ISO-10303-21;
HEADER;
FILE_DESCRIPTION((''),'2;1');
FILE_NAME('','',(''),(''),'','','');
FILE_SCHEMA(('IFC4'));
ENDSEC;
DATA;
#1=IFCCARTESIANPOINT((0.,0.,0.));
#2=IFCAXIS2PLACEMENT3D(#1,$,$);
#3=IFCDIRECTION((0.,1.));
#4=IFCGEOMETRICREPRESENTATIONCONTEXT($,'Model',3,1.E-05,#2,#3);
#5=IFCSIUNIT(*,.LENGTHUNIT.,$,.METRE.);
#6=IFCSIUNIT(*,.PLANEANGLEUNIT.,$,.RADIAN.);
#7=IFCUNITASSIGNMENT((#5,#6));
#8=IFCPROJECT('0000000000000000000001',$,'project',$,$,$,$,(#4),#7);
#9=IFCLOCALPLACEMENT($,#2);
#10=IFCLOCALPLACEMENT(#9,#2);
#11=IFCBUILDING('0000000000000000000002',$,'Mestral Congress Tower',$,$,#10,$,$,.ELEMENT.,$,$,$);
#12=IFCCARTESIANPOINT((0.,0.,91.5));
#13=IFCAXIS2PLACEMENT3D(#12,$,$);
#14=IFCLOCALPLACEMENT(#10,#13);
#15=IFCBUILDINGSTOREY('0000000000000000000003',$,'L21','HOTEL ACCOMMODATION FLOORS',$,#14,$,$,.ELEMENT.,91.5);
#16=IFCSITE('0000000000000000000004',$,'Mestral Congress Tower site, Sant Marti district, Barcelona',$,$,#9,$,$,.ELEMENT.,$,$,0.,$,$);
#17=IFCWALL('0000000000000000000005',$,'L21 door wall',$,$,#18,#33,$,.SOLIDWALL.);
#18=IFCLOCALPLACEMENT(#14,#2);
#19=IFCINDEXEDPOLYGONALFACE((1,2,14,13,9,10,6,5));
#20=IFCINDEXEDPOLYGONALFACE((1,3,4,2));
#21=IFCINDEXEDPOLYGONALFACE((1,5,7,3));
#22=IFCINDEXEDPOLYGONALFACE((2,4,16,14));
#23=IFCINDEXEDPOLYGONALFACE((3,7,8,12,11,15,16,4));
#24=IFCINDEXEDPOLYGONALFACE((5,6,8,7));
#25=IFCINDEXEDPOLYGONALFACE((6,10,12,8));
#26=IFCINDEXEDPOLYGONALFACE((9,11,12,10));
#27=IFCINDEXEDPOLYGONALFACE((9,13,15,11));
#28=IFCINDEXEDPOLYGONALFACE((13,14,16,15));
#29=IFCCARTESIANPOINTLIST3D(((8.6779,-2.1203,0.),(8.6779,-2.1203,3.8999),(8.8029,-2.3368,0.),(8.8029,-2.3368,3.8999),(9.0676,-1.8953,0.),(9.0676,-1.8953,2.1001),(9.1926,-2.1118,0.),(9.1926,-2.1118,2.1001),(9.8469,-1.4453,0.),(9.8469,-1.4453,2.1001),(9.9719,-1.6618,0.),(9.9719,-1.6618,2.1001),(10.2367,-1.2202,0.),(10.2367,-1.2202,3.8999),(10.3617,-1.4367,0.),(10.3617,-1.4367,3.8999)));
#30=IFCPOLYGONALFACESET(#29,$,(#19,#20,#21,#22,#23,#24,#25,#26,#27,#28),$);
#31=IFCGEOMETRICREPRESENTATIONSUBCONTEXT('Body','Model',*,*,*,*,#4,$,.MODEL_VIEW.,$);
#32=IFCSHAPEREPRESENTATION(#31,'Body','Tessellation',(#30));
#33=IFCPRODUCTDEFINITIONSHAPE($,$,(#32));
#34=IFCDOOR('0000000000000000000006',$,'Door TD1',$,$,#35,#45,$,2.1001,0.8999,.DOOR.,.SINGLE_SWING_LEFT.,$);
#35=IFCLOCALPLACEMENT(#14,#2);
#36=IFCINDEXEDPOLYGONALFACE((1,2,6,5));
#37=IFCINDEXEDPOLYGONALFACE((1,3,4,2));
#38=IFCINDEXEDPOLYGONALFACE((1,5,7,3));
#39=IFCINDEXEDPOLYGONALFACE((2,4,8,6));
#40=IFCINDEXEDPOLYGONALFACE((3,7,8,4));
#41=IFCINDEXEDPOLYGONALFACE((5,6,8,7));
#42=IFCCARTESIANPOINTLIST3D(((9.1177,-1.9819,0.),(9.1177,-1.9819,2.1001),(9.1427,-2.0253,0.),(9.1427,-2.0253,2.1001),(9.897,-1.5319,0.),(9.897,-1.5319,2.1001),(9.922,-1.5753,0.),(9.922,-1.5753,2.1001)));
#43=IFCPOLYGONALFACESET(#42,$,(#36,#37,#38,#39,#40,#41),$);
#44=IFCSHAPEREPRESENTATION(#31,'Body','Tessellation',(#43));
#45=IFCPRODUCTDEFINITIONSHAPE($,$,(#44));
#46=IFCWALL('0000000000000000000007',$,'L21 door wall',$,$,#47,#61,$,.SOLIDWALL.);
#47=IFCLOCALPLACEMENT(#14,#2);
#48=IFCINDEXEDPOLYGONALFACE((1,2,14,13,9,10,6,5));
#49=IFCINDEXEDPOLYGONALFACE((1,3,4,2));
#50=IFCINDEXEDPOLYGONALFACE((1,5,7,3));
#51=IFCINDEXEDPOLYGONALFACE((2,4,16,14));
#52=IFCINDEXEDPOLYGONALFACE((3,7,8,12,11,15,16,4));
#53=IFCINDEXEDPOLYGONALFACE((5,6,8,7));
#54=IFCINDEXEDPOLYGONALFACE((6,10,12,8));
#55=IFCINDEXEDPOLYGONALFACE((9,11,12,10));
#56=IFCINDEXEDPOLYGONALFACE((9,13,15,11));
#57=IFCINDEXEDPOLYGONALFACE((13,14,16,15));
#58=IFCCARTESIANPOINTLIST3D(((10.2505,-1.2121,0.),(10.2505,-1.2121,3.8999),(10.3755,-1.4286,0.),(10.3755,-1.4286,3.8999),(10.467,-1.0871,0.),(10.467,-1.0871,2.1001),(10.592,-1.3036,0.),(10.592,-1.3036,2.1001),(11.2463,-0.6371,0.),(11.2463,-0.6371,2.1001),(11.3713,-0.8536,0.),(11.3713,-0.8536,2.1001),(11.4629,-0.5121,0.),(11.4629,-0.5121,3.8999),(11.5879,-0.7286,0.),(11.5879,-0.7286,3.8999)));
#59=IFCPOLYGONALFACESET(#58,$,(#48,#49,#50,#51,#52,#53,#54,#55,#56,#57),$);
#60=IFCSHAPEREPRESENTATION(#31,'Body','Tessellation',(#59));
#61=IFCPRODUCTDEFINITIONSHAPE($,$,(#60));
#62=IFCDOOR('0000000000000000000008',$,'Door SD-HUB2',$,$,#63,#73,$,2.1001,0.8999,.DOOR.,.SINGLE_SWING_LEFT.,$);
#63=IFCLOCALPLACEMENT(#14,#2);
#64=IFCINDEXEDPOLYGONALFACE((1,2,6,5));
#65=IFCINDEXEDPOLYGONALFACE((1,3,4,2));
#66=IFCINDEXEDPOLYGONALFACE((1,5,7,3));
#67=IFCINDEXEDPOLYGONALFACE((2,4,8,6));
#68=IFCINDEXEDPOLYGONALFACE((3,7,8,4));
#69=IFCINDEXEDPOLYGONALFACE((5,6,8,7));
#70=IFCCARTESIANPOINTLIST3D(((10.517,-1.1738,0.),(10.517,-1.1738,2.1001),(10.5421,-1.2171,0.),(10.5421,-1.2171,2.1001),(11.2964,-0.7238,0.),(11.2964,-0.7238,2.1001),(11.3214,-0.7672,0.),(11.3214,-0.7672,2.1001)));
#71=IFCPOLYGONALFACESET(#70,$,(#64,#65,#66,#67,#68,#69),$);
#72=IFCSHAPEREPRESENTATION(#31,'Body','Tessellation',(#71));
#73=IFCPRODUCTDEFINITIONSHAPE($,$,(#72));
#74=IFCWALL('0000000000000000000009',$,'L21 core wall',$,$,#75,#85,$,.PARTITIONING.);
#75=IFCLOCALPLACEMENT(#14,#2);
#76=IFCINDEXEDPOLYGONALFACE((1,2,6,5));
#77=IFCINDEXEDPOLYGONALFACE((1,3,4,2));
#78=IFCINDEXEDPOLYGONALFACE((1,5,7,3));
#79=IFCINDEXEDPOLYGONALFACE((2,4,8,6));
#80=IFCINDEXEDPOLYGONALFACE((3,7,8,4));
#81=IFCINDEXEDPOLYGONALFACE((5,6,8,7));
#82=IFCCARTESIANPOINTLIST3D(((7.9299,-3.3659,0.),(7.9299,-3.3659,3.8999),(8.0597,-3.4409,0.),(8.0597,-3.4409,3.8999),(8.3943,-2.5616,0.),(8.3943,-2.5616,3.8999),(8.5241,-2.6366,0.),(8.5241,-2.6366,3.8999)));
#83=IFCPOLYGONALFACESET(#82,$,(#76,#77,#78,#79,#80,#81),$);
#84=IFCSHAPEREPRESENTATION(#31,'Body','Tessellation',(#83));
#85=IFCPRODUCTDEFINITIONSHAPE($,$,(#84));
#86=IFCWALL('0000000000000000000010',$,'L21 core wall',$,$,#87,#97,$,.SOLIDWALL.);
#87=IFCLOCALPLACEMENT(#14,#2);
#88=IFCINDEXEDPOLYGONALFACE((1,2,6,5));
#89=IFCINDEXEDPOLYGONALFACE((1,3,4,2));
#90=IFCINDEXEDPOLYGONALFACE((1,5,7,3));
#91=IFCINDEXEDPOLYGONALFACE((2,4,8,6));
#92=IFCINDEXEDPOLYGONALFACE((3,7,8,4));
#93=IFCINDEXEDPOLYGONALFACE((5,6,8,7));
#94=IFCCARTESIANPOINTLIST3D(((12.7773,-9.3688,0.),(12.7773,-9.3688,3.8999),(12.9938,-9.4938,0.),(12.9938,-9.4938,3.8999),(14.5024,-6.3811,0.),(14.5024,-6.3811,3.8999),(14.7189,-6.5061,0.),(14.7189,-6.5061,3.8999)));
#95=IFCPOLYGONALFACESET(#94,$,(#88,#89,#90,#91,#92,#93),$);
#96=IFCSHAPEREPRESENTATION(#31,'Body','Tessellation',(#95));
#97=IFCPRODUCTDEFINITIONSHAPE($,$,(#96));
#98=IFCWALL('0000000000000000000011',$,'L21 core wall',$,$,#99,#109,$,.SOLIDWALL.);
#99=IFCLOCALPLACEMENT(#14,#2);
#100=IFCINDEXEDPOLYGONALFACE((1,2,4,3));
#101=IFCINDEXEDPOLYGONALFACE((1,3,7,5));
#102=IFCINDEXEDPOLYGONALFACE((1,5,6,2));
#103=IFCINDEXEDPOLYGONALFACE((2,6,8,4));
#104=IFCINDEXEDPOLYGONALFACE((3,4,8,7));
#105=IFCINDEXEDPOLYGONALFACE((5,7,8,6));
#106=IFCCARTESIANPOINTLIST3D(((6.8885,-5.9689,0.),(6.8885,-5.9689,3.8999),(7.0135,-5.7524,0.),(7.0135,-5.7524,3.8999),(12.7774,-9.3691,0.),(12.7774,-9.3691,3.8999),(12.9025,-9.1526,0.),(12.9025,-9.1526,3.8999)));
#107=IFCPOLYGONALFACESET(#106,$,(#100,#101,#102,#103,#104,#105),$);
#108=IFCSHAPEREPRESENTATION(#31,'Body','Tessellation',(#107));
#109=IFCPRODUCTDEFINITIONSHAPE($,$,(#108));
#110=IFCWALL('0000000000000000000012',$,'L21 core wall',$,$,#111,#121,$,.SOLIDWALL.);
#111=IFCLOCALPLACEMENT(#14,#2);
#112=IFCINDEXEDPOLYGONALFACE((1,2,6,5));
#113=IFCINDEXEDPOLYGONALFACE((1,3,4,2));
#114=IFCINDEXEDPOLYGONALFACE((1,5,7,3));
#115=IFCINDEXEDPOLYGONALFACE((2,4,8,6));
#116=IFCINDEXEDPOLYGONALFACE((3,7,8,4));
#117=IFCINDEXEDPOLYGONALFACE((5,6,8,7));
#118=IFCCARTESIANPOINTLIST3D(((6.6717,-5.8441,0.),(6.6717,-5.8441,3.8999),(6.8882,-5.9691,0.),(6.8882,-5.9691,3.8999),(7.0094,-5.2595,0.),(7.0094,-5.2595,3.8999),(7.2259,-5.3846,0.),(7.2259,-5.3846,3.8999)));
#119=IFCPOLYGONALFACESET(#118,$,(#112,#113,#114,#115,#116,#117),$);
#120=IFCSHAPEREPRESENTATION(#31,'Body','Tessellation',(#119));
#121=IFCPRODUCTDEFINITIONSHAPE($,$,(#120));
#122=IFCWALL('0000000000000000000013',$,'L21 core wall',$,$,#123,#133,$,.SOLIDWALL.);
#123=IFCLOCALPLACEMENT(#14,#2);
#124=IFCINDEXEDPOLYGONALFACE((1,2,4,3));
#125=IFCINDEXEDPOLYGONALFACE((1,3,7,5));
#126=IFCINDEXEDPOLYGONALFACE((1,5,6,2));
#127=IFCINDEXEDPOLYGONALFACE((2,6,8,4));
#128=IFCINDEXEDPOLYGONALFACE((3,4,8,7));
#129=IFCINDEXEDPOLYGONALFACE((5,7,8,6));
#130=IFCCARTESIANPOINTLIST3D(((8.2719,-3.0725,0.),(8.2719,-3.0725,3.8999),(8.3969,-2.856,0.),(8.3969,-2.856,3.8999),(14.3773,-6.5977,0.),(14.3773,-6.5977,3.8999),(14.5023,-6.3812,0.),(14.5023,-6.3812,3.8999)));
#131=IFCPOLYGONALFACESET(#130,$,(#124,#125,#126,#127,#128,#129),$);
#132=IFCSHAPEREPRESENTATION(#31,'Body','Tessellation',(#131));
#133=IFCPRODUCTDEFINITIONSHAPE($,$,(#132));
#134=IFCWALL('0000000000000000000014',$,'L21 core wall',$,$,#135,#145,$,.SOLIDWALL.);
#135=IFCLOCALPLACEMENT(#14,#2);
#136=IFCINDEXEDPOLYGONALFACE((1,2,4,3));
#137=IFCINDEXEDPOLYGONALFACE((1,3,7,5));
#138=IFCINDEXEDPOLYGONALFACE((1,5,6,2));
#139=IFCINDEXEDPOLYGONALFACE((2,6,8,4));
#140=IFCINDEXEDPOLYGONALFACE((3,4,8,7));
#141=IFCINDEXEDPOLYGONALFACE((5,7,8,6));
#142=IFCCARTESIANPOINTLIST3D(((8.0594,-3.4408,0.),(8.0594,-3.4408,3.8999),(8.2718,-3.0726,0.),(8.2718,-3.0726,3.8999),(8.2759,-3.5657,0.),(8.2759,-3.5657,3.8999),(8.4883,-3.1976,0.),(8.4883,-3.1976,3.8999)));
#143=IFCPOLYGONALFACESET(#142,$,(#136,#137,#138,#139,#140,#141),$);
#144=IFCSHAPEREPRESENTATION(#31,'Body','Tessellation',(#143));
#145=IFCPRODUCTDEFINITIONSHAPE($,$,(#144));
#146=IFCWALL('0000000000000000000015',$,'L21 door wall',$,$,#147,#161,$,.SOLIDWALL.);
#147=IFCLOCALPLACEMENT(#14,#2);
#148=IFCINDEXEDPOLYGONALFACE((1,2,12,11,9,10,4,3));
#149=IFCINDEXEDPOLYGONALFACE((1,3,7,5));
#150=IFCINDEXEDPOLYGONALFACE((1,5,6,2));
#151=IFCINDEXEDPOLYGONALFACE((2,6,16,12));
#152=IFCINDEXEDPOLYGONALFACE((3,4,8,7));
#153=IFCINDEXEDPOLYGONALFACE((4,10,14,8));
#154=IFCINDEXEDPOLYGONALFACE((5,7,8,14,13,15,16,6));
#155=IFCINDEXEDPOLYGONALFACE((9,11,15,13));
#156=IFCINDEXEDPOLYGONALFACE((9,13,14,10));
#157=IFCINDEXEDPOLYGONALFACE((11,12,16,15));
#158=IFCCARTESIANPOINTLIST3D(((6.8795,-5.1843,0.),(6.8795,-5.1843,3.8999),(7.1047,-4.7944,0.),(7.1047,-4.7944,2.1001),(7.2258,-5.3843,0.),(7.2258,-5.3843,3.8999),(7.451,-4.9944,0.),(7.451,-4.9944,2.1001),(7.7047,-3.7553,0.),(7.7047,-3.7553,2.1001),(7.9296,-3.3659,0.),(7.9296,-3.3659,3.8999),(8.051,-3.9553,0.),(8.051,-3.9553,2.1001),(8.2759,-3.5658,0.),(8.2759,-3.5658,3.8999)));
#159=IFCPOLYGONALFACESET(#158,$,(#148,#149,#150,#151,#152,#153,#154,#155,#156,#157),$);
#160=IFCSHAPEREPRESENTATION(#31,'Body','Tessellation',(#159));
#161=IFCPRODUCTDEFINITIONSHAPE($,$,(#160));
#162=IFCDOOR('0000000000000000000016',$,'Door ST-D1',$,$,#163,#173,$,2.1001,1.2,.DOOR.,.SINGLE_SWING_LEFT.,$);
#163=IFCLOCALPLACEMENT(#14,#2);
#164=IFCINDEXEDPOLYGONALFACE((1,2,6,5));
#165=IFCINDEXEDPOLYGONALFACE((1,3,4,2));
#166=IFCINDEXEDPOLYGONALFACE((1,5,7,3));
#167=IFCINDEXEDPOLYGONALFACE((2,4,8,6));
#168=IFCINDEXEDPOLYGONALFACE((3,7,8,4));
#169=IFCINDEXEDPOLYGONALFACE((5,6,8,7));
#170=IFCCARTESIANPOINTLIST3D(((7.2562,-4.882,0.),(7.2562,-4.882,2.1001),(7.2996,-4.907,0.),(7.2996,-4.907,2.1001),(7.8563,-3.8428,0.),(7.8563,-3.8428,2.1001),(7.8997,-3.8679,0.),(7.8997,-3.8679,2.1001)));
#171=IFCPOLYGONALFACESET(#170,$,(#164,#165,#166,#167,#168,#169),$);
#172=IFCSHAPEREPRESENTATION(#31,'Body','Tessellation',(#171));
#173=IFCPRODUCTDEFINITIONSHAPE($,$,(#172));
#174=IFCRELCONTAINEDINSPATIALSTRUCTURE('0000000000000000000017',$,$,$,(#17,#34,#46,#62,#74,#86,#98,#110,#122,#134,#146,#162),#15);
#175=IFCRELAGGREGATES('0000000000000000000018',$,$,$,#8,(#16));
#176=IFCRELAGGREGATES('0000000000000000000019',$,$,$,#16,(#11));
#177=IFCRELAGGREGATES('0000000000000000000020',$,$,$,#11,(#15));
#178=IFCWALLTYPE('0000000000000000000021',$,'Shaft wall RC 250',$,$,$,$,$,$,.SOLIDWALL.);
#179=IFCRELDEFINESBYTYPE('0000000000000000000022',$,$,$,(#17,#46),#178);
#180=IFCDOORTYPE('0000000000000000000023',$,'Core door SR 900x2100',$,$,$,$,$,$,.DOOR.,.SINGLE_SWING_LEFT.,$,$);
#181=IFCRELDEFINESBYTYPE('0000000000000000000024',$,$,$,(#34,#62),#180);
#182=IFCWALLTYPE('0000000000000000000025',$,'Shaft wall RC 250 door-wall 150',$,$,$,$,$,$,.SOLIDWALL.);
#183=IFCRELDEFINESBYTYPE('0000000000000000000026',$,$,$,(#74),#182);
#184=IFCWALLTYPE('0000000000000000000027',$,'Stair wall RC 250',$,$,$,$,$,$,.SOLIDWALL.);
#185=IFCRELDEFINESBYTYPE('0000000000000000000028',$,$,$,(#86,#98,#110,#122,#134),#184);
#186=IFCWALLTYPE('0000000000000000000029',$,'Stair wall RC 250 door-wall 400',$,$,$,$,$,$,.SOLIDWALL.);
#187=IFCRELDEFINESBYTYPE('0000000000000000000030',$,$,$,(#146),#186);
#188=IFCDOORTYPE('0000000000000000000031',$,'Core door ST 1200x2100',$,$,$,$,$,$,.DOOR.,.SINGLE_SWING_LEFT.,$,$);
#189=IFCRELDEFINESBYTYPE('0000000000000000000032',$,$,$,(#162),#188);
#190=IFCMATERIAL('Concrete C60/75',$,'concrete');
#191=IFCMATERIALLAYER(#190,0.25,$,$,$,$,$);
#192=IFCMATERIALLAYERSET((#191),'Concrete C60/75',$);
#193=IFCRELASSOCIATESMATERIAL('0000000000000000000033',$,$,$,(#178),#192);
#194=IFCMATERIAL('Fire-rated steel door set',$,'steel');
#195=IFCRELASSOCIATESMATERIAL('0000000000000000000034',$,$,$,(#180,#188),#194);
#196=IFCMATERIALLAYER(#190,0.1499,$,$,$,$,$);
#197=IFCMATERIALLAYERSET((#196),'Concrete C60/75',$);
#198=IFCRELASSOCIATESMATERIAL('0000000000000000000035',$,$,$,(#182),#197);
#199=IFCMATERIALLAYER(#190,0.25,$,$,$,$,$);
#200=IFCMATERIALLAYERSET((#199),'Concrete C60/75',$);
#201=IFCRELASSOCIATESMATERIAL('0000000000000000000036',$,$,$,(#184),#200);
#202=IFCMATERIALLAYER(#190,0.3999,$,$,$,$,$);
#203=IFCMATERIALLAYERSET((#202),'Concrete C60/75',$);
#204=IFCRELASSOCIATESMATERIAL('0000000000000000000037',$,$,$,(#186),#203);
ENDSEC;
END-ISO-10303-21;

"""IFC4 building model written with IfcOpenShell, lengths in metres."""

from ifc_helpers import new_model, si_unit, direction, frame, frame_2d, origin, place, context, subcontext, project, spatial, rectangle, extrude, material, layer, layer_set, type_object, element, fill, save


model = new_model("IFC4")

# Units and contexts
model_context = context("Model", 3, precision=1e-05, world=origin(), true_north=direction((0.0, 1.0)))
body_context = subcontext(model_context, "Body", "Model", "MODEL_VIEW")
ifc_project = project(units=[si_unit("LENGTHUNIT", "METRE"), si_unit("PLANEANGLEUNIT", "RADIAN")], contexts=[model_context])

# Site, building, storey
site_placement = place(None, origin())
site = spatial("IfcSite", under=ifc_project, at=site_placement, Name="Mestral Congress Tower site, Sant Marti district, Barcelona", CompositionType="ELEMENT", RefElevation=0.0)
building_placement = place(site_placement, origin())
building = spatial("IfcBuilding", under=site, at=building_placement, Name="Mestral Congress Tower", CompositionType="ELEMENT")
storey_placement = place(building_placement, frame((0.0, 0.0, 91.5)))
storey = spatial("IfcBuildingStorey", under=building, at=storey_placement, Name="L21", Description="HOTEL ACCOMMODATION FLOORS", CompositionType="ELEMENT", Elevation=91.5)

# Shared definitions
ifc_material_1 = material(Name="Fire-rated steel door set", Category="steel")

# Shared definitions
ifc_material_2 = material(Name="Concrete C60/75", Category="concrete")
ifc_layer_1 = layer(ifc_material_2, 0.25)
ifc_layer_set_1 = layer_set([ifc_layer_1], Name="Concrete C60/75")
wall_type_1 = type_object("IfcWallType", Name="Shaft wall RC 250", PredefinedType="SOLIDWALL", material=ifc_layer_set_1)

# Walls, openings, doors
door_type_1 = type_object("IfcDoorType", Name="Core door SR 900x2100", OperationType="SINGLE_SWING_LEFT", PredefinedType="DOOR", material=ifc_material_1)
wall_1_placement = place(storey_placement, frame((8.7405, -2.2285, 0.0), z_axis=(0.0, 0.0, 1.0), x_axis=(0.865989, 0.500063, 0.0)))
wall_1 = element("IfcWall", 1, at=wall_1_placement, inside=storey, type_object=wall_type_1, Name="L21 door wall", PredefinedType="SOLIDWALL", context=body_context, shape_type="SweptSolid", body=[
    extrude(rectangle(XDim=1.8, YDim=0.25, at=frame_2d((0.8999, 0.0))), origin(), (0.0, 0.0, 1.0), 3.8999),
])
opening_1_placement = place(wall_1_placement, frame((0.45, 0.0, 0.0)))
opening_1 = element("IfcOpeningElement", 2, at=opening_1_placement, cuts=wall_1, PredefinedType="OPENING", context=body_context, shape_type="SweptSolid", body=[
    extrude(rectangle(XDim=0.8999, YDim=2.1001, at=frame_2d((0.45, 1.05))), frame((0.0, 0.135, 0.0), z_axis=(0.0, -1.0, 0.0), x_axis=(1.0, 0.0, 0.0)), (0.0, 0.0, 1.0), 0.27),
])
door_1_placement = place(opening_1_placement, origin())
door_1 = element("IfcDoor", 3, at=door_1_placement, inside=storey, type_object=door_type_1, Name="Door TD1", OperationType="SINGLE_SWING_LEFT", OverallHeight=2.1001, OverallWidth=0.8999, PredefinedType="DOOR", context=body_context, shape_type="SweptSolid", body=[
    extrude(rectangle(XDim=0.8999, YDim=2.1001, at=frame_2d((0.45, 1.05))), frame((0.0, 0.0249, 0.0), z_axis=(0.0, -1.0, 0.0), x_axis=(1.0, 0.0, 0.0)), (0.0, 0.0, 1.0), 0.05),
])
fill(opening_1, door_1)
wall_2_placement = place(storey_placement, frame((10.313, -1.3203, 0.0), z_axis=(0.0, 0.0, 1.0), x_axis=(0.866035, 0.499984, 0.0)))
wall_2 = element("IfcWall", 4, at=wall_2_placement, inside=storey, type_object=wall_type_1, Name="L21 door wall", PredefinedType="SOLIDWALL", context=body_context, shape_type="SweptSolid", body=[
    extrude(rectangle(XDim=1.3999, YDim=0.25, at=frame_2d((0.7, 0.0))), origin(), (0.0, 0.0, 1.0), 3.8999),
])
opening_2_placement = place(wall_2_placement, frame((0.25, 0.0, 0.0)))
opening_2 = element("IfcOpeningElement", 5, at=opening_2_placement, cuts=wall_2, PredefinedType="OPENING", context=body_context, shape_type="SweptSolid", body=[
    extrude(rectangle(XDim=0.8999, YDim=2.1001, at=frame_2d((0.45, 1.05))), frame((0.0, 0.135, 0.0), z_axis=(0.0, -1.0, 0.0), x_axis=(1.0, 0.0, 0.0)), (0.0, 0.0, 1.0), 0.27),
])
door_2_placement = place(opening_2_placement, origin())
door_2 = element("IfcDoor", 6, at=door_2_placement, inside=storey, type_object=door_type_1, Name="Door SD-HUB2", OperationType="SINGLE_SWING_LEFT", OverallHeight=2.1001, OverallWidth=0.8999, PredefinedType="DOOR", context=body_context, shape_type="SweptSolid", body=[
    extrude(rectangle(XDim=0.8999, YDim=2.1001, at=frame_2d((0.45, 1.05))), frame((0.0, 0.0249, 0.0), z_axis=(0.0, -1.0, 0.0), x_axis=(1.0, 0.0, 0.0)), (0.0, 0.0, 1.0), 0.05),
])
fill(opening_2, door_2)

# Walls
ifc_layer_2 = layer(ifc_material_2, 0.1499)
ifc_layer_set_2 = layer_set([ifc_layer_2], Name="Concrete C60/75")
wall_type_2 = type_object("IfcWallType", Name="Shaft wall RC 250 door-wall 150", PredefinedType="SOLIDWALL", material=ifc_layer_set_2)
wall_3_placement = place(storey_placement, frame((8.4592, -2.5991, 0.0), z_axis=(0.0, 0.0, 1.0), x_axis=(-0.500041, -0.866002, 0.0)))
element("IfcWall", 7, at=wall_3_placement, inside=storey, type_object=wall_type_2, Name="L21 core wall", PredefinedType="PARTITIONING", context=body_context, shape_type="SweptSolid", body=[
    extrude(rectangle(XDim=0.9287, YDim=0.1499, at=frame_2d((0.4644, 0.0))), origin(), (0.0, 0.0, 1.0), 3.8999),
])
ifc_layer_3 = layer(ifc_material_2, 0.25)
ifc_layer_set_3 = layer_set([ifc_layer_3], Name="Concrete C60/75")
wall_type_3 = type_object("IfcWallType", Name="Stair wall RC 250", PredefinedType="SOLIDWALL", material=ifc_layer_set_3)
wall_4_placement = place(storey_placement, frame((12.8855, -9.4314, 0.0), z_axis=(0.0, 0.0, 1.0), x_axis=(0.500021, 0.866014, 0.0)))
element("IfcWall", 8, at=wall_4_placement, inside=storey, type_object=wall_type_3, Name="L21 core wall", PredefinedType="SOLIDWALL", context=body_context, shape_type="SweptSolid", body=[
    extrude(rectangle(XDim=3.45, YDim=0.25, at=frame_2d((1.7251, 0.0))), origin(), (0.0, 0.0, 1.0), 3.8999),
])
wall_5_placement = place(storey_placement, frame((12.8398, -9.2607, 0.0), z_axis=(0.0, 0.0, 1.0), x_axis=(-0.866014, 0.50002, 0.0)))
element("IfcWall", 9, at=wall_5_placement, inside=storey, type_object=wall_type_3, Name="L21 core wall", PredefinedType="SOLIDWALL", context=body_context, shape_type="SweptSolid", body=[
    extrude(rectangle(XDim=6.8, YDim=0.25, at=frame_2d((3.3999, 0.0))), origin(), (0.0, 0.0, 1.0), 3.8999),
])
wall_6_placement = place(storey_placement, frame((6.78, -5.9065, 0.0), z_axis=(0.0, 0.0, 1.0), x_axis=(0.500223, 0.865896, 0.0)))
element("IfcWall", 10, at=wall_6_placement, inside=storey, type_object=wall_type_3, Name="L21 core wall", PredefinedType="SOLIDWALL", context=body_context, shape_type="SweptSolid", body=[
    extrude(rectangle(XDim=0.675, YDim=0.25, at=frame_2d((0.3374, 0.0))), origin(), (0.0, 0.0, 1.0), 3.8999),
])
wall_7_placement = place(storey_placement, frame((8.3345, -2.9644, 0.0), z_axis=(0.0, 0.0, 1.0), x_axis=(0.866016, -0.500016, 0.0)))
element("IfcWall", 11, at=wall_7_placement, inside=storey, type_object=wall_type_3, Name="L21 core wall", PredefinedType="SOLIDWALL", context=body_context, shape_type="SweptSolid", body=[
    extrude(rectangle(XDim=7.05, YDim=0.25, at=frame_2d((3.5249, 0.0))), origin(), (0.0, 0.0, 1.0), 3.8999),
])
wall_8_placement = place(storey_placement, frame((8.1677, -3.5032, 0.0), z_axis=(0.0, 0.0, 1.0), x_axis=(0.499722, 0.866186, 0.0)))
element("IfcWall", 12, at=wall_8_placement, inside=storey, type_object=wall_type_3, Name="L21 core wall", PredefinedType="SOLIDWALL", context=body_context, shape_type="SweptSolid", body=[
    extrude(rectangle(XDim=0.425, YDim=0.25, at=frame_2d((0.2124, 0.0))), origin(), (0.0, 0.0, 1.0), 3.8999),
])

# Wall, opening, door
ifc_layer_4 = layer(ifc_material_2, 0.3999)
ifc_layer_set_4 = layer_set([ifc_layer_4], Name="Concrete C60/75")
wall_type_4 = type_object("IfcWallType", Name="Stair wall RC 250 door-wall 400", PredefinedType="SOLIDWALL", material=ifc_layer_set_4)
wall_9_placement = place(storey_placement, frame((7.0527, -5.2842, 0.0), z_axis=(0.0, 0.0, 1.0), x_axis=(0.500078, 0.86598, 0.0)))
wall_9 = element("IfcWall", 13, at=wall_9_placement, inside=storey, type_object=wall_type_4, Name="L21 door wall", PredefinedType="SOLIDWALL", context=body_context, shape_type="SweptSolid", body=[
    extrude(rectangle(XDim=2.0999, YDim=0.3999, at=frame_2d((1.0498, 0.0))), origin(), (0.0, 0.0, 1.0), 3.8999),
])
opening_3_placement = place(wall_9_placement, frame((0.45, 0.0, 0.0)))
opening_3 = element("IfcOpeningElement", 14, at=opening_3_placement, cuts=wall_9, PredefinedType="OPENING", context=body_context, shape_type="SweptSolid", body=[
    extrude(rectangle(XDim=1.2, YDim=2.1001, at=frame_2d((0.6001, 1.05))), frame((0.0, 0.21, 0.0), z_axis=(0.0, -1.0, 0.0), x_axis=(1.0, 0.0, 0.0)), (0.0, 0.0, 1.0), 0.4199),
])
door_type_2 = type_object("IfcDoorType", Name="Core door ST 1200x2100", OperationType="SINGLE_SWING_LEFT", PredefinedType="DOOR", material=ifc_material_1)
door_3_placement = place(opening_3_placement, origin())
door_3 = element("IfcDoor", 15, at=door_3_placement, inside=storey, type_object=door_type_2, Name="Door ST-D1", OperationType="SINGLE_SWING_LEFT", OverallHeight=2.1001, OverallWidth=1.2, PredefinedType="DOOR", context=body_context, shape_type="SweptSolid", body=[
    extrude(rectangle(XDim=1.2, YDim=2.1001, at=frame_2d((0.6001, 1.05))), frame((0.0, 0.0249, 0.0), z_axis=(0.0, -1.0, 0.0), x_axis=(1.0, 0.0, 0.0)), (0.0, 0.0, 1.0), 0.05),
])
fill(opening_3, door_3)

save(model, "model.ifc")
